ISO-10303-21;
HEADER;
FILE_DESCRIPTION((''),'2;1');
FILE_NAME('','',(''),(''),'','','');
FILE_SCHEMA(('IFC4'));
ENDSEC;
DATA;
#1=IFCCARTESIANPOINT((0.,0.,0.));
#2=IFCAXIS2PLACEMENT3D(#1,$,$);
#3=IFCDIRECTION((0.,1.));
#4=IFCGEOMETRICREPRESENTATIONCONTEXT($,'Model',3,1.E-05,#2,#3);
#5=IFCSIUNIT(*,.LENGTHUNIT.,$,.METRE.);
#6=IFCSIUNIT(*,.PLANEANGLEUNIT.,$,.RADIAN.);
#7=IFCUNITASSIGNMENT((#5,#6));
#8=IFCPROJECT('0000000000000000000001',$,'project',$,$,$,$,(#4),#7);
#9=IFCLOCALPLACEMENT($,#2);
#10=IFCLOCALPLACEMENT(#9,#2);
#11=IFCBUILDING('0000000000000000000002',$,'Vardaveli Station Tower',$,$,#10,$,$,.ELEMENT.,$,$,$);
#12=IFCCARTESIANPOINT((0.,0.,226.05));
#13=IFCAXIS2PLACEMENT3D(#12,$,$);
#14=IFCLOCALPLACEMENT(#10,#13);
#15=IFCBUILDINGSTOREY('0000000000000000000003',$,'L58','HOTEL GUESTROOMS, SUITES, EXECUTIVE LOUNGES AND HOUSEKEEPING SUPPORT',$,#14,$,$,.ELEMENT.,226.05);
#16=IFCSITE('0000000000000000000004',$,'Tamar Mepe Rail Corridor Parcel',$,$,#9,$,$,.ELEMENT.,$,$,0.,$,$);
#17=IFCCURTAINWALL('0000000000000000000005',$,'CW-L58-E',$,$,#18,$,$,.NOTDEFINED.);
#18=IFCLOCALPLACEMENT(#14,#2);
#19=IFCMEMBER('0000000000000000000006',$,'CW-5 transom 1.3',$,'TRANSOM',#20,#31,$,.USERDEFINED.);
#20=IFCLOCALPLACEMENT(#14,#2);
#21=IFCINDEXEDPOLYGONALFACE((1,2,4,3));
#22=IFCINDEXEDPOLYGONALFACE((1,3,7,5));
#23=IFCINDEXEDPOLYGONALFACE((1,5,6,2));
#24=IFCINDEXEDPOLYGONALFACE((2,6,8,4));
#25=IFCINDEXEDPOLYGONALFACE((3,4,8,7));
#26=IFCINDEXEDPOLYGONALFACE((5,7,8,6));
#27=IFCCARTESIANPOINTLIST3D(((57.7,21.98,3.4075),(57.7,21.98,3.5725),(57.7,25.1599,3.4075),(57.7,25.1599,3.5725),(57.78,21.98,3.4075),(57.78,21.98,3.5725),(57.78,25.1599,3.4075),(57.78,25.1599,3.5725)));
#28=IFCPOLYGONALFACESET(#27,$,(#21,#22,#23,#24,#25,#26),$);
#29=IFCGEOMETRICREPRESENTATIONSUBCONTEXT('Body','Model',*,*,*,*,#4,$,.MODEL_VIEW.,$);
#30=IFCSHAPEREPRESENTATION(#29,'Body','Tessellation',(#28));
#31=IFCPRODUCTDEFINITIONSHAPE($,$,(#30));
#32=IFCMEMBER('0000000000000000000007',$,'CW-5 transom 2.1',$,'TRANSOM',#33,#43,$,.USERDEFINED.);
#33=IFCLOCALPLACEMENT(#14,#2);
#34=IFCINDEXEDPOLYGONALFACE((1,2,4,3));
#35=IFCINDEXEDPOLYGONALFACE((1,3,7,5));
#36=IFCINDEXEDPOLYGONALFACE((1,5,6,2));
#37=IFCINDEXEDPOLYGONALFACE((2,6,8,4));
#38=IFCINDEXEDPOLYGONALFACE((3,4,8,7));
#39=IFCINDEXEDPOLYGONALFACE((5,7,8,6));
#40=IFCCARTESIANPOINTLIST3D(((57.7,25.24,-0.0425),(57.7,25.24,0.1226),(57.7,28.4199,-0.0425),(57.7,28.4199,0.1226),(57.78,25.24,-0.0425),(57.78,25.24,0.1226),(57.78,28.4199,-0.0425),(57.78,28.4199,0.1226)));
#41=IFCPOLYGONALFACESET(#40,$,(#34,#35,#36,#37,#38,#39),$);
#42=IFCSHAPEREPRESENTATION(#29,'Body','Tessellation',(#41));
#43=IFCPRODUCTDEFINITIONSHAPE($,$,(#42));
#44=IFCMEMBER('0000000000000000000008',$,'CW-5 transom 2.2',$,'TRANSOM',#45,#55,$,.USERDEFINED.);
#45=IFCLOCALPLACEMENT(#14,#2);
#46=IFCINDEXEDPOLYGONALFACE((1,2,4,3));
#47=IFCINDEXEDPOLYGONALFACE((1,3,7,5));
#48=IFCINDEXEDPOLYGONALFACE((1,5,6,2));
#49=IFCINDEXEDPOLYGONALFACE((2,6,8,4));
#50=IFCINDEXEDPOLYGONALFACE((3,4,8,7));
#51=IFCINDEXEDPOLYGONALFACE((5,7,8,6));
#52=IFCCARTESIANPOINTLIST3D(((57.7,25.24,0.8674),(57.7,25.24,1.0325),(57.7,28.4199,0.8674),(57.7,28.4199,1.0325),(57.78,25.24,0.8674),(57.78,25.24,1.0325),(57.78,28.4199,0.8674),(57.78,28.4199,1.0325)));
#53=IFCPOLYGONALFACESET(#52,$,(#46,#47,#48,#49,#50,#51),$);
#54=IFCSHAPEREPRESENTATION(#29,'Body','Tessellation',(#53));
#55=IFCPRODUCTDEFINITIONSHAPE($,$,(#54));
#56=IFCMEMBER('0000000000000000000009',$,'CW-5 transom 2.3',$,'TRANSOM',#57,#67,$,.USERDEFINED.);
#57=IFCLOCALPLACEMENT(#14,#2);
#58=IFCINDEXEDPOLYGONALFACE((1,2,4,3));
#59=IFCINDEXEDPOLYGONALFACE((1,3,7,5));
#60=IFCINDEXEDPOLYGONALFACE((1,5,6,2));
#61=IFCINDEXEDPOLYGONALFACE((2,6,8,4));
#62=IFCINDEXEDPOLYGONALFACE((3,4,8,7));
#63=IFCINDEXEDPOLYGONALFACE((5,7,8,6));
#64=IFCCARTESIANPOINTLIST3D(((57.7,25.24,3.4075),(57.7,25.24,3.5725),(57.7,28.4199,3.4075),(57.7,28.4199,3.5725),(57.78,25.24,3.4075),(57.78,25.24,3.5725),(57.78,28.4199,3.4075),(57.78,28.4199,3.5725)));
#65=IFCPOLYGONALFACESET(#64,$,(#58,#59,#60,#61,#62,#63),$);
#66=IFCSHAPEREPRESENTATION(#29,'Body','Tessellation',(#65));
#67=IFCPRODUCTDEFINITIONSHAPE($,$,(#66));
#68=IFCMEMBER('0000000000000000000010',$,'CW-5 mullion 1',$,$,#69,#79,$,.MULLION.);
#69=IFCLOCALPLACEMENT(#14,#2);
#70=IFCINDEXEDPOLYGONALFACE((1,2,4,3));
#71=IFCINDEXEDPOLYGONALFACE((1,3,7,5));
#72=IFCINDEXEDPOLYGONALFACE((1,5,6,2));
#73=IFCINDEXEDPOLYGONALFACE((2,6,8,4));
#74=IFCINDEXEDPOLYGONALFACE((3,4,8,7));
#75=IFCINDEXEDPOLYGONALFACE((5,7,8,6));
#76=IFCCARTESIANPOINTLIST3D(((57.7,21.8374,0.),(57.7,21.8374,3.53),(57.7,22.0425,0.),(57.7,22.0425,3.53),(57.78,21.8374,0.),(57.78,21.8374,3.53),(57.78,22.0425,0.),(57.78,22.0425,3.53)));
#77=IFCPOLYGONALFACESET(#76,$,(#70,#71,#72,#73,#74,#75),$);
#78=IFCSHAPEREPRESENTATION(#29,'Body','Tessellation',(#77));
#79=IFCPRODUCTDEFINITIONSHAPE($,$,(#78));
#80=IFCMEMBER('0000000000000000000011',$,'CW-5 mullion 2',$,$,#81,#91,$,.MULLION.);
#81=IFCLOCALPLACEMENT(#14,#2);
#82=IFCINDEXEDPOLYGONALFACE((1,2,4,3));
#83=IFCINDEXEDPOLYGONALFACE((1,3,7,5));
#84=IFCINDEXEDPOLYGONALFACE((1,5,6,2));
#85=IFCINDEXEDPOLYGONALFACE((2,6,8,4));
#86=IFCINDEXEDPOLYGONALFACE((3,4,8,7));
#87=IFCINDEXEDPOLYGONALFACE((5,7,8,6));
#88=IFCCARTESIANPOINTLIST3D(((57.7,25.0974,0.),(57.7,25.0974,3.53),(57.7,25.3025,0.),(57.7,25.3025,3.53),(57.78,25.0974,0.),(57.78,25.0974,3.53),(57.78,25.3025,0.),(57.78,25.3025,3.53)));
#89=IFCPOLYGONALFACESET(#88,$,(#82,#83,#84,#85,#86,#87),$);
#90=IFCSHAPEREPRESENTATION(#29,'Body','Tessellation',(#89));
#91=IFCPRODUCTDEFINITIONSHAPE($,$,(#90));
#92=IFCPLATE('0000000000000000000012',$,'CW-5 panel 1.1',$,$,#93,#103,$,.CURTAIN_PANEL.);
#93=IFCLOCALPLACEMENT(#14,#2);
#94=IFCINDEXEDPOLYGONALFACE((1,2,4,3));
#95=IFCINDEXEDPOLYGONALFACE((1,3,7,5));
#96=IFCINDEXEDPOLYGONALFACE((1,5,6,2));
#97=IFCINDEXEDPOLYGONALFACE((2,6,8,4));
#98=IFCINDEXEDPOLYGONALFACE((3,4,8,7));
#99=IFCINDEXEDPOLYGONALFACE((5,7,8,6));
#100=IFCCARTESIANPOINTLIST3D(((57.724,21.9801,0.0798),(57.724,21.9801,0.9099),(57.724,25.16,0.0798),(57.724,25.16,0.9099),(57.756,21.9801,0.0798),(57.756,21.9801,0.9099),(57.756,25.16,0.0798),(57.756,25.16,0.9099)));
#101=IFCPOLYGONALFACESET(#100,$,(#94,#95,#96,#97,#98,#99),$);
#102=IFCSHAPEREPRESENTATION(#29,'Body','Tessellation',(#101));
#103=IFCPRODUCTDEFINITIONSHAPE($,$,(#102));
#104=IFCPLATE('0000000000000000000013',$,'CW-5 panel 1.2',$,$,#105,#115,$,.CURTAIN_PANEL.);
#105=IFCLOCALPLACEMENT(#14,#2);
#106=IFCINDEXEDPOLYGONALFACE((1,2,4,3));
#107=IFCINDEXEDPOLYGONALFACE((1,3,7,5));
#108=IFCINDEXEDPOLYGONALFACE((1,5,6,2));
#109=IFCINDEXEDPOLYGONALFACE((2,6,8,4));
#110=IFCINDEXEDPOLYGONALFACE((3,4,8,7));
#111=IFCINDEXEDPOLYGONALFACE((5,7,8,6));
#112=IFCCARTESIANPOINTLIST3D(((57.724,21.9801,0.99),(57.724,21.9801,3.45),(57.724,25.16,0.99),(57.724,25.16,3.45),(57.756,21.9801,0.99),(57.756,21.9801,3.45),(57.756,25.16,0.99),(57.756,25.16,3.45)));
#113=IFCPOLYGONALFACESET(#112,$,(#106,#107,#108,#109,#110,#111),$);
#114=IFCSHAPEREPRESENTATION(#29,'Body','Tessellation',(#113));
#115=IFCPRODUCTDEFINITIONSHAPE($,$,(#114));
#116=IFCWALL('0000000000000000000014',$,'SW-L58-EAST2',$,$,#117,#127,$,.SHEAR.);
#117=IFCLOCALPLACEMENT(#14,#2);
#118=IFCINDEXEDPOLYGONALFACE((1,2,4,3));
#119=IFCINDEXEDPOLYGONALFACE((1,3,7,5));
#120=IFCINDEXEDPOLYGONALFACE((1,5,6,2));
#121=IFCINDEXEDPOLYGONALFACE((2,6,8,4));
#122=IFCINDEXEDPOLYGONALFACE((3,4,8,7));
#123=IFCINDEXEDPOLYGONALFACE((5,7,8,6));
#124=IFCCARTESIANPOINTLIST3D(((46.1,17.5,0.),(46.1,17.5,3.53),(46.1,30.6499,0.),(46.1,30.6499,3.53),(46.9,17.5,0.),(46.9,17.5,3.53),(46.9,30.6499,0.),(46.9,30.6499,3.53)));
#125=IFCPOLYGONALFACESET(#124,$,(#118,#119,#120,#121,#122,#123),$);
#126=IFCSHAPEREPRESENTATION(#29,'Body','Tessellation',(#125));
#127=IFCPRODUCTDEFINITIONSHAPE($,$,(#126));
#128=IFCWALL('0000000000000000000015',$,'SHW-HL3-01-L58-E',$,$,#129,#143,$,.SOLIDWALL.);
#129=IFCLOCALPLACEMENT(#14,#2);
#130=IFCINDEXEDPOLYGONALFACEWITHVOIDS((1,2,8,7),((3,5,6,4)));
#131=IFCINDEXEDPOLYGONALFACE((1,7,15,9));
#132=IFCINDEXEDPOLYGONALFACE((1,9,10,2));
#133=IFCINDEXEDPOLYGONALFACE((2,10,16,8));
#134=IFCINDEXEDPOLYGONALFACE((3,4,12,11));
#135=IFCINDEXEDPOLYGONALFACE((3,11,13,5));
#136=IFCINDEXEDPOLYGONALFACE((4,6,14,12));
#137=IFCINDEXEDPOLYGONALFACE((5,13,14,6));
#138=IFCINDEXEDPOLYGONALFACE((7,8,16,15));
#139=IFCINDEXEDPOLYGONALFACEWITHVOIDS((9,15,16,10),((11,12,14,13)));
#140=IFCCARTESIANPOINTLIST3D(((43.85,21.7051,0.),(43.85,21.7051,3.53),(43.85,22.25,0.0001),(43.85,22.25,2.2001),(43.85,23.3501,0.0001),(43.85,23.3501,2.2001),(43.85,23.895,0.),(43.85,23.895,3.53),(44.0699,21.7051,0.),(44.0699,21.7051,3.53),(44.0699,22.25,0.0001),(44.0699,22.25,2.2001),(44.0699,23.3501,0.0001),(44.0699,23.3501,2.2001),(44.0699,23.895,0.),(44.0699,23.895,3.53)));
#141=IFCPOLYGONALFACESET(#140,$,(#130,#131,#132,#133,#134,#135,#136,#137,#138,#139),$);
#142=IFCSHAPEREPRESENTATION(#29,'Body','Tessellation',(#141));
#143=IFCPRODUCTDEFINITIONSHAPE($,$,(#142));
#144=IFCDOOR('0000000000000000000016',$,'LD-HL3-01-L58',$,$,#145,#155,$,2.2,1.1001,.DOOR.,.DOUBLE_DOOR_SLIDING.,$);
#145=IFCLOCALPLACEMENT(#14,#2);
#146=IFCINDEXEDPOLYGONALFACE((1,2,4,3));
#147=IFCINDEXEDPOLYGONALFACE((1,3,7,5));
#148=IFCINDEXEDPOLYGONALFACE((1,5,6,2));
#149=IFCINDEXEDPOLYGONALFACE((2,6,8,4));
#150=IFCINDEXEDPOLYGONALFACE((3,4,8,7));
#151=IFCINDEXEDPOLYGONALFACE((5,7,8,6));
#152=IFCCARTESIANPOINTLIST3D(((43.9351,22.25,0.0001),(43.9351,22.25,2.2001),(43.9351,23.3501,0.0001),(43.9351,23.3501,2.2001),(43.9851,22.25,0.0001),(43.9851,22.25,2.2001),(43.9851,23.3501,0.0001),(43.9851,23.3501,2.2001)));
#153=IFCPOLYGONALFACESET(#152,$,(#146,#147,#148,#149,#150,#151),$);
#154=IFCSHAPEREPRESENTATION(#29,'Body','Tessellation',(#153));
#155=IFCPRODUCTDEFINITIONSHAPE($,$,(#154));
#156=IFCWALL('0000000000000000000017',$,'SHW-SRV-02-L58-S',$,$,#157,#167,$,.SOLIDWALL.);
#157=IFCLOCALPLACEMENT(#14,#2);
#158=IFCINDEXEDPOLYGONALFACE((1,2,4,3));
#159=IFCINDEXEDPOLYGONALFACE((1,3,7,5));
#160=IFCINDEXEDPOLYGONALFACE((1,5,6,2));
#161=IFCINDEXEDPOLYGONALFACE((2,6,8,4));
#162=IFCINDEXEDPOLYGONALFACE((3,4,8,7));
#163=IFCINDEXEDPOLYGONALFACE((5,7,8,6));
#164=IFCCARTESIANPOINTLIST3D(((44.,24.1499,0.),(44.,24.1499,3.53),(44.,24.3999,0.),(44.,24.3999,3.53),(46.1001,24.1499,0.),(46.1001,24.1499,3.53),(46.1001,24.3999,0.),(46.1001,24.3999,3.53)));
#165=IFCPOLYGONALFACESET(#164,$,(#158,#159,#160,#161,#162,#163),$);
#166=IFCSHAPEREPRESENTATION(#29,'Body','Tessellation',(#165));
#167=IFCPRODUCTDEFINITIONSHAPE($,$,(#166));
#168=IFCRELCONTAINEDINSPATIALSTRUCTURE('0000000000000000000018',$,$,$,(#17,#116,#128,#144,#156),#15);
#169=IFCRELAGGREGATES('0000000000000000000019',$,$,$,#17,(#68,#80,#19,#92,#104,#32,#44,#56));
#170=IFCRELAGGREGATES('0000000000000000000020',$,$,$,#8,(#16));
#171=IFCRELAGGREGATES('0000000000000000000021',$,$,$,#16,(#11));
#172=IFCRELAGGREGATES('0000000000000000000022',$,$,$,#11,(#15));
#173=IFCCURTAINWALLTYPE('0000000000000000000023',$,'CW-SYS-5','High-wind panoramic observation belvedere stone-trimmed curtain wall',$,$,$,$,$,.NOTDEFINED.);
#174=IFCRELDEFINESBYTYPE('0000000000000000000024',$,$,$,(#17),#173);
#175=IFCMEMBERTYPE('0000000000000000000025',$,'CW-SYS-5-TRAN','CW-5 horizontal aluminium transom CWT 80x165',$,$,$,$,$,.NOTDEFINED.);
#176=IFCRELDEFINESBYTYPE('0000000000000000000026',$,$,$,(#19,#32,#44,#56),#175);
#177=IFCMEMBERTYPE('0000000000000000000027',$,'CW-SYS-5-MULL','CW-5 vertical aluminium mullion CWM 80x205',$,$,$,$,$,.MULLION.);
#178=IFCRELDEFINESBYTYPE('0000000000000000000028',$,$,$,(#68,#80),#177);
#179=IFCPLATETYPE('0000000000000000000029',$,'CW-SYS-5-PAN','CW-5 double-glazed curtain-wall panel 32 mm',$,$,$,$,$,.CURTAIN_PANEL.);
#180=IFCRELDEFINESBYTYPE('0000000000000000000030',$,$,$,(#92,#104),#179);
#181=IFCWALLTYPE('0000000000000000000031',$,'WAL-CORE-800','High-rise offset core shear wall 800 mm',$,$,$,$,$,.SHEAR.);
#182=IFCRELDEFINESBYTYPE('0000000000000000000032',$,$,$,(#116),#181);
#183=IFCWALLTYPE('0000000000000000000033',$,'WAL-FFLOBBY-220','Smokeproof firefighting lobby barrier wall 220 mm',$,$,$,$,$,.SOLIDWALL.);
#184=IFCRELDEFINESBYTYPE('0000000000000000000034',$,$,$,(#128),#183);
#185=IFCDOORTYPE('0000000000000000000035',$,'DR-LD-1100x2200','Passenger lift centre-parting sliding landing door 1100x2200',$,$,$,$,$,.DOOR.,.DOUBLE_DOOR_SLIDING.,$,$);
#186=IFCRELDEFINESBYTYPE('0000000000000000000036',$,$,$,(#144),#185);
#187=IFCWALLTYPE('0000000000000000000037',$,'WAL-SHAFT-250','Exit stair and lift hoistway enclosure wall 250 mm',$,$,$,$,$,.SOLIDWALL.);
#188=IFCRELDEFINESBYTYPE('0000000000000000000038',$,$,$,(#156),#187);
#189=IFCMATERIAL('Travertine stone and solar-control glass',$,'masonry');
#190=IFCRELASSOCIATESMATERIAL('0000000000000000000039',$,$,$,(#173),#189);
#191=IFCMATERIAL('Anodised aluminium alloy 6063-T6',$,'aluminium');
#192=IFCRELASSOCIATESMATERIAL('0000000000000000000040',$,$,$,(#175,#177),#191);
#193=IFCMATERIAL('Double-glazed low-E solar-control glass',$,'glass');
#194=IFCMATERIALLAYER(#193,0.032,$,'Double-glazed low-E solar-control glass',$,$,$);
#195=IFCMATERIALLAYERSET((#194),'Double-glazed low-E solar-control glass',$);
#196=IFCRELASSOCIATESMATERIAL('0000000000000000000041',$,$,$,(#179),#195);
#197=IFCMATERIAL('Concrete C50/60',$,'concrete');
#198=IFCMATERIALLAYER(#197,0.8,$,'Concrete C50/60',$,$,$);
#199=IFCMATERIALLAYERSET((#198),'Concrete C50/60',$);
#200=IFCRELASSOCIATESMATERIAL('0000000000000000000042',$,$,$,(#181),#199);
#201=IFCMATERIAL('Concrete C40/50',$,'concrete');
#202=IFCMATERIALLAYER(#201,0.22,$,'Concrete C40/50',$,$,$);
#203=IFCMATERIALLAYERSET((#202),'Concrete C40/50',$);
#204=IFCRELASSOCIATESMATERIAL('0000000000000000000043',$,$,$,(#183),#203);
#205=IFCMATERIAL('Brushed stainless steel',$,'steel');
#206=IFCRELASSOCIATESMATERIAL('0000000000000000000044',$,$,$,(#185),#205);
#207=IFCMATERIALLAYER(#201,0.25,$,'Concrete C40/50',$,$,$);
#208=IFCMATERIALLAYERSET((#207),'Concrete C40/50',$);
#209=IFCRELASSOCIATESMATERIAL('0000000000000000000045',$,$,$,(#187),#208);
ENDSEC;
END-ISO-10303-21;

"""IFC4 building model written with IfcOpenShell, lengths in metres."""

from ifc_helpers import new_model, si_unit, direction, frame, frame_2d, origin, origin_2d, place, context, subcontext, project, spatial, rectangle, extrude, source, transform, mapped, material, layer, layer_set, material_profile, profile_set, type_object, element, fill, aggregate, save


model = new_model("IFC4")

# Units and contexts
model_context = context("Model", 3, precision=1e-05, world=origin(), true_north=direction((0.0, 1.0)))
body_context = subcontext(model_context, "Body", "Model", "MODEL_VIEW")
ifc_project = project(units=[si_unit("LENGTHUNIT", "METRE"), si_unit("PLANEANGLEUNIT", "RADIAN")], contexts=[model_context])

# Site, building, storey
site_placement = place(None, origin())
site = spatial("IfcSite", under=ifc_project, at=site_placement, Name="Tamar Mepe Rail Corridor Parcel", CompositionType="ELEMENT", RefElevation=0.0)
building_placement = place(site_placement, origin())
building = spatial("IfcBuilding", under=site, at=building_placement, Name="Vardaveli Station Tower", CompositionType="ELEMENT")
storey_placement = place(building_placement, frame((0.0, 0.0, 226.05)))
storey = spatial("IfcBuildingStorey", under=building, at=storey_placement, Name="L58", Description="HOTEL GUESTROOMS, SUITES, EXECUTIVE LOUNGES AND HOUSEKEEPING SUPPORT", CompositionType="ELEMENT", Elevation=226.05)

# Curtain wall, members, plates
ifc_material_1 = material(Name="Travertine stone and solar-control glass", Category="masonry")
curtain_wall_type = type_object("IfcCurtainWallType", Name="CW-SYS-5", Description="High-wind panoramic observation belvedere stone-trimmed curtain wall", PredefinedType="NOTDEFINED", material=ifc_material_1)
curtain_wall_placement = place(storey_placement, origin())
curtain_wall = element("IfcCurtainWall", 1, at=curtain_wall_placement, inside=storey, type_object=curtain_wall_type, Name="CW-L58-E", PredefinedType="NOTDEFINED")
ifc_material_2 = material(Name="Anodised aluminium alloy 6063-T6", Category="aluminium")
ifc_material_profile_1 = material_profile(ifc_material_2, rectangle(XDim=0.0801, YDim=0.165, at=origin_2d()), Name="CWT 80x165")
ifc_profile_set_1 = profile_set([ifc_material_profile_1], Name="Anodised aluminium alloy 6063-T6")
member_type_1 = type_object("IfcMemberType", Name="CW-SYS-5-TRAN", Description="CW-5 horizontal aluminium transom CWT 80x165", PredefinedType="NOTDEFINED", material=ifc_profile_set_1)
shared_shape_1 = source(origin(), body_context, "Body", "SweptSolid", [
    extrude(rectangle(XDim=0.0801, YDim=0.165, at=origin_2d()), origin(), (0.0, 0.0, 1.0), 3.1799),
])
member_1_placement = place(storey_placement, frame((57.74, 21.98, 3.49), z_axis=(0.0, 1.0, 0.0), x_axis=(-1.0, 0.0, 0.0)))
member_1 = element("IfcMember", 2, at=member_1_placement, type_object=member_type_1, Name="CW-5 transom 1.3", ObjectType="TRANSOM", PredefinedType="USERDEFINED", context=body_context, shape_type="MappedRepresentation", body=[
    mapped(shared_shape_1, transform((0.0, 0.0, 0.0), scale=1.0)),
])
member_2_placement = place(storey_placement, frame((57.74, 25.24, 0.04), z_axis=(0.0, 1.0, 0.0), x_axis=(-1.0, 0.0, 0.0)))
member_2 = element("IfcMember", 3, at=member_2_placement, type_object=member_type_1, Name="CW-5 transom 2.1", ObjectType="TRANSOM", PredefinedType="USERDEFINED", context=body_context, shape_type="MappedRepresentation", body=[
    mapped(shared_shape_1, transform((0.0, 0.0, 0.0), scale=1.0)),
])
member_3_placement = place(storey_placement, frame((57.74, 25.24, 0.95), z_axis=(0.0, 1.0, 0.0), x_axis=(-1.0, 0.0, 0.0)))
member_3 = element("IfcMember", 4, at=member_3_placement, type_object=member_type_1, Name="CW-5 transom 2.2", ObjectType="TRANSOM", PredefinedType="USERDEFINED", context=body_context, shape_type="MappedRepresentation", body=[
    mapped(shared_shape_1, transform((0.0, 0.0, 0.0), scale=1.0)),
])
member_4_placement = place(storey_placement, frame((57.74, 25.24, 3.49), z_axis=(0.0, 1.0, 0.0), x_axis=(-1.0, 0.0, 0.0)))
member_4 = element("IfcMember", 5, at=member_4_placement, type_object=member_type_1, Name="CW-5 transom 2.3", ObjectType="TRANSOM", PredefinedType="USERDEFINED", context=body_context, shape_type="MappedRepresentation", body=[
    mapped(shared_shape_1, transform((0.0, 0.0, 0.0), scale=1.0)),
])
ifc_material_profile_2 = material_profile(ifc_material_2, rectangle(XDim=0.0801, YDim=0.2051, at=origin_2d()), Name="CWM 80x205")
ifc_profile_set_2 = profile_set([ifc_material_profile_2], Name="Anodised aluminium alloy 6063-T6")
member_type_2 = type_object("IfcMemberType", Name="CW-SYS-5-MULL", Description="CW-5 vertical aluminium mullion CWM 80x205", PredefinedType="MULLION", material=ifc_profile_set_2)
shared_shape_2 = source(origin(), body_context, "Body", "SweptSolid", [
    extrude(rectangle(XDim=0.0801, YDim=0.2051, at=origin_2d()), origin(), (0.0, 0.0, 1.0), 3.53),
])
member_5_placement = place(storey_placement, frame((57.74, 21.9399, 0.0), z_axis=(0.0, 0.0, 1.0), x_axis=(-1.0, 0.0, 0.0)))
member_5 = element("IfcMember", 6, at=member_5_placement, type_object=member_type_2, Name="CW-5 mullion 1", PredefinedType="MULLION", context=body_context, shape_type="MappedRepresentation", body=[
    mapped(shared_shape_2, transform((0.0, 0.0, 0.0), scale=1.0)),
])
member_6_placement = place(storey_placement, frame((57.74, 25.2, 0.0), z_axis=(0.0, 0.0, 1.0), x_axis=(-1.0, 0.0, 0.0)))
member_6 = element("IfcMember", 7, at=member_6_placement, type_object=member_type_2, Name="CW-5 mullion 2", PredefinedType="MULLION", context=body_context, shape_type="MappedRepresentation", body=[
    mapped(shared_shape_2, transform((0.0, 0.0, 0.0), scale=1.0)),
])
ifc_material_3 = material(Name="Double-glazed low-E solar-control glass", Category="glass")
ifc_layer_1 = layer(ifc_material_3, 0.032, Name="Double-glazed low-E solar-control glass")
ifc_layer_set_1 = layer_set([ifc_layer_1], Name="Double-glazed low-E solar-control glass")
plate_type = type_object("IfcPlateType", Name="CW-SYS-5-PAN", Description="CW-5 double-glazed curtain-wall panel 32 mm", PredefinedType="CURTAIN_PANEL", material=ifc_layer_set_1)
shared_shape_3 = source(origin(), body_context, "Body", "SweptSolid", [
    extrude(rectangle(XDim=3.1799, YDim=0.032, at=origin_2d()), origin(), (0.0, 0.0, 1.0), 0.8301),
])
plate_1_placement = place(storey_placement, frame((57.74, 23.5701, 0.0798), z_axis=(0.0, 0.0, 1.0), x_axis=(0.0, 1.0, 0.0)))
plate_1 = element("IfcPlate", 8, at=plate_1_placement, type_object=plate_type, Name="CW-5 panel 1.1", PredefinedType="CURTAIN_PANEL", context=body_context, shape_type="MappedRepresentation", body=[
    mapped(shared_shape_3, transform((0.0, 0.0, 0.0), scale=1.0)),
])
shared_shape_4 = source(origin(), body_context, "Body", "SweptSolid", [
    extrude(rectangle(XDim=3.1799, YDim=0.032, at=origin_2d()), origin(), (0.0, 0.0, 1.0), 2.46),
])
plate_2_placement = place(storey_placement, frame((57.74, 23.5701, 0.99), z_axis=(0.0, 0.0, 1.0), x_axis=(0.0, 1.0, 0.0)))
plate_2 = element("IfcPlate", 9, at=plate_2_placement, type_object=plate_type, Name="CW-5 panel 1.2", PredefinedType="CURTAIN_PANEL", context=body_context, shape_type="MappedRepresentation", body=[
    mapped(shared_shape_4, transform((0.0, 0.0, 0.0), scale=1.0)),
])
aggregate(curtain_wall, [member_5, member_6, member_1, plate_1, plate_2, member_2, member_3, member_4])

# Wall
ifc_material_4 = material(Name="Concrete C50/60", Category="concrete")
ifc_layer_2 = layer(ifc_material_4, 0.8, Name="Concrete C50/60")
ifc_layer_set_2 = layer_set([ifc_layer_2], Name="Concrete C50/60")
wall_type_1 = type_object("IfcWallType", Name="WAL-CORE-800", Description="High-rise offset core shear wall 800 mm", PredefinedType="SHEAR", material=ifc_layer_set_2)
shared_shape_5 = source(origin(), body_context, "Body", "SweptSolid", [
    extrude(rectangle(XDim=13.1499, YDim=0.8, at=frame_2d((6.575, 0.0))), origin(), (0.0, 0.0, 1.0), 3.53),
])
wall_1_placement = place(storey_placement, frame((46.5, 17.5, 0.0), z_axis=(0.0, 0.0, 1.0), x_axis=(0.0, 1.0, 0.0)))
element("IfcWall", 10, at=wall_1_placement, inside=storey, type_object=wall_type_1, Name="SW-L58-EAST2", PredefinedType="SHEAR", context=body_context, shape_type="MappedRepresentation", body=[
    mapped(shared_shape_5, transform((0.0, 0.0, 0.0), scale=1.0)),
])

# Wall, opening, door
ifc_material_5 = material(Name="Concrete C40/50", Category="concrete")
ifc_layer_3 = layer(ifc_material_5, 0.22, Name="Concrete C40/50")
ifc_layer_set_3 = layer_set([ifc_layer_3], Name="Concrete C40/50")
wall_type_2 = type_object("IfcWallType", Name="WAL-FFLOBBY-220", Description="Smokeproof firefighting lobby barrier wall 220 mm", PredefinedType="SOLIDWALL", material=ifc_layer_set_3)
shared_shape_6 = source(origin(), body_context, "Body", "SweptSolid", [
    extrude(rectangle(XDim=2.1899, YDim=0.22, at=frame_2d((1.095, 0.0))), origin(), (0.0, 0.0, 1.0), 3.53),
])
wall_2_placement = place(storey_placement, frame((43.96, 21.7051, 0.0), z_axis=(0.0, 0.0, 1.0), x_axis=(0.0, 1.0, 0.0)))
wall_2 = element("IfcWall", 11, at=wall_2_placement, inside=storey, type_object=wall_type_2, Name="SHW-HL3-01-L58-E", PredefinedType="SOLIDWALL", context=body_context, shape_type="MappedRepresentation", body=[
    mapped(shared_shape_6, transform((0.0, 0.0, 0.0), scale=1.0)),
])
shared_shape_7 = source(origin(), body_context, "Body", "SweptSolid", [
    extrude(rectangle(XDim=1.1001, YDim=2.2, at=frame_2d((0.55, 1.1001))), frame((0.0, 0.1201, 0.0), z_axis=(0.0, -1.0, 0.0), x_axis=(1.0, 0.0, 0.0)), (0.0, 0.0, 1.0), 0.24),
])
opening_1_placement = place(wall_2_placement, frame((0.5449, 0.0, 0.0)))
opening_1 = element("IfcOpeningElement", 12, at=opening_1_placement, cuts=wall_2, PredefinedType="OPENING", context=body_context, shape_type="MappedRepresentation", body=[
    mapped(shared_shape_7, transform((0.0, 0.0, 0.0), scale=1.0)),
])
ifc_material_6 = material(Name="Brushed stainless steel", Category="steel")
door_type_1 = type_object("IfcDoorType", Name="DR-LD-1100x2200", Description="Passenger lift centre-parting sliding landing door 1100x2200", OperationType="DOUBLE_DOOR_SLIDING", PredefinedType="DOOR", material=ifc_material_6)
shared_shape_8 = source(origin(), body_context, "Body", "SweptSolid", [
    extrude(rectangle(XDim=1.1001, YDim=2.2, at=frame_2d((0.55, 1.1001))), frame((0.0, 0.0249, 0.0), z_axis=(0.0, -1.0, 0.0), x_axis=(1.0, 0.0, 0.0)), (0.0, 0.0, 1.0), 0.05),
])
door_1_placement = place(opening_1_placement, origin())
door_1 = element("IfcDoor", 13, at=door_1_placement, inside=storey, type_object=door_type_1, Name="LD-HL3-01-L58", OperationType="DOUBLE_DOOR_SLIDING", OverallHeight=2.2, OverallWidth=1.1001, PredefinedType="DOOR", context=body_context, shape_type="MappedRepresentation", body=[
    mapped(shared_shape_8, transform((0.0, 0.0, 0.0), scale=1.0)),
])
fill(opening_1, door_1)

# Wall
ifc_layer_4 = layer(ifc_material_5, 0.25, Name="Concrete C40/50")
ifc_layer_set_4 = layer_set([ifc_layer_4], Name="Concrete C40/50")
wall_type_3 = type_object("IfcWallType", Name="WAL-SHAFT-250", Description="Exit stair and lift hoistway enclosure wall 250 mm", PredefinedType="SOLIDWALL", material=ifc_layer_set_4)
shared_shape_9 = source(origin(), body_context, "Body", "SweptSolid", [
    extrude(rectangle(XDim=2.1001, YDim=0.25, at=frame_2d((1.05, 0.0))), origin(), (0.0, 0.0, 1.0), 3.53),
])
wall_3_placement = place(storey_placement, frame((44.0, 24.2749, 0.0), z_axis=(0.0, 0.0, 1.0), x_axis=(1.0, 0.0, 0.0)))
element("IfcWall", 14, at=wall_3_placement, inside=storey, type_object=wall_type_3, Name="SHW-SRV-02-L58-S", PredefinedType="SOLIDWALL", context=body_context, shape_type="MappedRepresentation", body=[
    mapped(shared_shape_9, transform((0.0, 0.0, 0.0), scale=1.0)),
])

save(model, "model.ifc")
